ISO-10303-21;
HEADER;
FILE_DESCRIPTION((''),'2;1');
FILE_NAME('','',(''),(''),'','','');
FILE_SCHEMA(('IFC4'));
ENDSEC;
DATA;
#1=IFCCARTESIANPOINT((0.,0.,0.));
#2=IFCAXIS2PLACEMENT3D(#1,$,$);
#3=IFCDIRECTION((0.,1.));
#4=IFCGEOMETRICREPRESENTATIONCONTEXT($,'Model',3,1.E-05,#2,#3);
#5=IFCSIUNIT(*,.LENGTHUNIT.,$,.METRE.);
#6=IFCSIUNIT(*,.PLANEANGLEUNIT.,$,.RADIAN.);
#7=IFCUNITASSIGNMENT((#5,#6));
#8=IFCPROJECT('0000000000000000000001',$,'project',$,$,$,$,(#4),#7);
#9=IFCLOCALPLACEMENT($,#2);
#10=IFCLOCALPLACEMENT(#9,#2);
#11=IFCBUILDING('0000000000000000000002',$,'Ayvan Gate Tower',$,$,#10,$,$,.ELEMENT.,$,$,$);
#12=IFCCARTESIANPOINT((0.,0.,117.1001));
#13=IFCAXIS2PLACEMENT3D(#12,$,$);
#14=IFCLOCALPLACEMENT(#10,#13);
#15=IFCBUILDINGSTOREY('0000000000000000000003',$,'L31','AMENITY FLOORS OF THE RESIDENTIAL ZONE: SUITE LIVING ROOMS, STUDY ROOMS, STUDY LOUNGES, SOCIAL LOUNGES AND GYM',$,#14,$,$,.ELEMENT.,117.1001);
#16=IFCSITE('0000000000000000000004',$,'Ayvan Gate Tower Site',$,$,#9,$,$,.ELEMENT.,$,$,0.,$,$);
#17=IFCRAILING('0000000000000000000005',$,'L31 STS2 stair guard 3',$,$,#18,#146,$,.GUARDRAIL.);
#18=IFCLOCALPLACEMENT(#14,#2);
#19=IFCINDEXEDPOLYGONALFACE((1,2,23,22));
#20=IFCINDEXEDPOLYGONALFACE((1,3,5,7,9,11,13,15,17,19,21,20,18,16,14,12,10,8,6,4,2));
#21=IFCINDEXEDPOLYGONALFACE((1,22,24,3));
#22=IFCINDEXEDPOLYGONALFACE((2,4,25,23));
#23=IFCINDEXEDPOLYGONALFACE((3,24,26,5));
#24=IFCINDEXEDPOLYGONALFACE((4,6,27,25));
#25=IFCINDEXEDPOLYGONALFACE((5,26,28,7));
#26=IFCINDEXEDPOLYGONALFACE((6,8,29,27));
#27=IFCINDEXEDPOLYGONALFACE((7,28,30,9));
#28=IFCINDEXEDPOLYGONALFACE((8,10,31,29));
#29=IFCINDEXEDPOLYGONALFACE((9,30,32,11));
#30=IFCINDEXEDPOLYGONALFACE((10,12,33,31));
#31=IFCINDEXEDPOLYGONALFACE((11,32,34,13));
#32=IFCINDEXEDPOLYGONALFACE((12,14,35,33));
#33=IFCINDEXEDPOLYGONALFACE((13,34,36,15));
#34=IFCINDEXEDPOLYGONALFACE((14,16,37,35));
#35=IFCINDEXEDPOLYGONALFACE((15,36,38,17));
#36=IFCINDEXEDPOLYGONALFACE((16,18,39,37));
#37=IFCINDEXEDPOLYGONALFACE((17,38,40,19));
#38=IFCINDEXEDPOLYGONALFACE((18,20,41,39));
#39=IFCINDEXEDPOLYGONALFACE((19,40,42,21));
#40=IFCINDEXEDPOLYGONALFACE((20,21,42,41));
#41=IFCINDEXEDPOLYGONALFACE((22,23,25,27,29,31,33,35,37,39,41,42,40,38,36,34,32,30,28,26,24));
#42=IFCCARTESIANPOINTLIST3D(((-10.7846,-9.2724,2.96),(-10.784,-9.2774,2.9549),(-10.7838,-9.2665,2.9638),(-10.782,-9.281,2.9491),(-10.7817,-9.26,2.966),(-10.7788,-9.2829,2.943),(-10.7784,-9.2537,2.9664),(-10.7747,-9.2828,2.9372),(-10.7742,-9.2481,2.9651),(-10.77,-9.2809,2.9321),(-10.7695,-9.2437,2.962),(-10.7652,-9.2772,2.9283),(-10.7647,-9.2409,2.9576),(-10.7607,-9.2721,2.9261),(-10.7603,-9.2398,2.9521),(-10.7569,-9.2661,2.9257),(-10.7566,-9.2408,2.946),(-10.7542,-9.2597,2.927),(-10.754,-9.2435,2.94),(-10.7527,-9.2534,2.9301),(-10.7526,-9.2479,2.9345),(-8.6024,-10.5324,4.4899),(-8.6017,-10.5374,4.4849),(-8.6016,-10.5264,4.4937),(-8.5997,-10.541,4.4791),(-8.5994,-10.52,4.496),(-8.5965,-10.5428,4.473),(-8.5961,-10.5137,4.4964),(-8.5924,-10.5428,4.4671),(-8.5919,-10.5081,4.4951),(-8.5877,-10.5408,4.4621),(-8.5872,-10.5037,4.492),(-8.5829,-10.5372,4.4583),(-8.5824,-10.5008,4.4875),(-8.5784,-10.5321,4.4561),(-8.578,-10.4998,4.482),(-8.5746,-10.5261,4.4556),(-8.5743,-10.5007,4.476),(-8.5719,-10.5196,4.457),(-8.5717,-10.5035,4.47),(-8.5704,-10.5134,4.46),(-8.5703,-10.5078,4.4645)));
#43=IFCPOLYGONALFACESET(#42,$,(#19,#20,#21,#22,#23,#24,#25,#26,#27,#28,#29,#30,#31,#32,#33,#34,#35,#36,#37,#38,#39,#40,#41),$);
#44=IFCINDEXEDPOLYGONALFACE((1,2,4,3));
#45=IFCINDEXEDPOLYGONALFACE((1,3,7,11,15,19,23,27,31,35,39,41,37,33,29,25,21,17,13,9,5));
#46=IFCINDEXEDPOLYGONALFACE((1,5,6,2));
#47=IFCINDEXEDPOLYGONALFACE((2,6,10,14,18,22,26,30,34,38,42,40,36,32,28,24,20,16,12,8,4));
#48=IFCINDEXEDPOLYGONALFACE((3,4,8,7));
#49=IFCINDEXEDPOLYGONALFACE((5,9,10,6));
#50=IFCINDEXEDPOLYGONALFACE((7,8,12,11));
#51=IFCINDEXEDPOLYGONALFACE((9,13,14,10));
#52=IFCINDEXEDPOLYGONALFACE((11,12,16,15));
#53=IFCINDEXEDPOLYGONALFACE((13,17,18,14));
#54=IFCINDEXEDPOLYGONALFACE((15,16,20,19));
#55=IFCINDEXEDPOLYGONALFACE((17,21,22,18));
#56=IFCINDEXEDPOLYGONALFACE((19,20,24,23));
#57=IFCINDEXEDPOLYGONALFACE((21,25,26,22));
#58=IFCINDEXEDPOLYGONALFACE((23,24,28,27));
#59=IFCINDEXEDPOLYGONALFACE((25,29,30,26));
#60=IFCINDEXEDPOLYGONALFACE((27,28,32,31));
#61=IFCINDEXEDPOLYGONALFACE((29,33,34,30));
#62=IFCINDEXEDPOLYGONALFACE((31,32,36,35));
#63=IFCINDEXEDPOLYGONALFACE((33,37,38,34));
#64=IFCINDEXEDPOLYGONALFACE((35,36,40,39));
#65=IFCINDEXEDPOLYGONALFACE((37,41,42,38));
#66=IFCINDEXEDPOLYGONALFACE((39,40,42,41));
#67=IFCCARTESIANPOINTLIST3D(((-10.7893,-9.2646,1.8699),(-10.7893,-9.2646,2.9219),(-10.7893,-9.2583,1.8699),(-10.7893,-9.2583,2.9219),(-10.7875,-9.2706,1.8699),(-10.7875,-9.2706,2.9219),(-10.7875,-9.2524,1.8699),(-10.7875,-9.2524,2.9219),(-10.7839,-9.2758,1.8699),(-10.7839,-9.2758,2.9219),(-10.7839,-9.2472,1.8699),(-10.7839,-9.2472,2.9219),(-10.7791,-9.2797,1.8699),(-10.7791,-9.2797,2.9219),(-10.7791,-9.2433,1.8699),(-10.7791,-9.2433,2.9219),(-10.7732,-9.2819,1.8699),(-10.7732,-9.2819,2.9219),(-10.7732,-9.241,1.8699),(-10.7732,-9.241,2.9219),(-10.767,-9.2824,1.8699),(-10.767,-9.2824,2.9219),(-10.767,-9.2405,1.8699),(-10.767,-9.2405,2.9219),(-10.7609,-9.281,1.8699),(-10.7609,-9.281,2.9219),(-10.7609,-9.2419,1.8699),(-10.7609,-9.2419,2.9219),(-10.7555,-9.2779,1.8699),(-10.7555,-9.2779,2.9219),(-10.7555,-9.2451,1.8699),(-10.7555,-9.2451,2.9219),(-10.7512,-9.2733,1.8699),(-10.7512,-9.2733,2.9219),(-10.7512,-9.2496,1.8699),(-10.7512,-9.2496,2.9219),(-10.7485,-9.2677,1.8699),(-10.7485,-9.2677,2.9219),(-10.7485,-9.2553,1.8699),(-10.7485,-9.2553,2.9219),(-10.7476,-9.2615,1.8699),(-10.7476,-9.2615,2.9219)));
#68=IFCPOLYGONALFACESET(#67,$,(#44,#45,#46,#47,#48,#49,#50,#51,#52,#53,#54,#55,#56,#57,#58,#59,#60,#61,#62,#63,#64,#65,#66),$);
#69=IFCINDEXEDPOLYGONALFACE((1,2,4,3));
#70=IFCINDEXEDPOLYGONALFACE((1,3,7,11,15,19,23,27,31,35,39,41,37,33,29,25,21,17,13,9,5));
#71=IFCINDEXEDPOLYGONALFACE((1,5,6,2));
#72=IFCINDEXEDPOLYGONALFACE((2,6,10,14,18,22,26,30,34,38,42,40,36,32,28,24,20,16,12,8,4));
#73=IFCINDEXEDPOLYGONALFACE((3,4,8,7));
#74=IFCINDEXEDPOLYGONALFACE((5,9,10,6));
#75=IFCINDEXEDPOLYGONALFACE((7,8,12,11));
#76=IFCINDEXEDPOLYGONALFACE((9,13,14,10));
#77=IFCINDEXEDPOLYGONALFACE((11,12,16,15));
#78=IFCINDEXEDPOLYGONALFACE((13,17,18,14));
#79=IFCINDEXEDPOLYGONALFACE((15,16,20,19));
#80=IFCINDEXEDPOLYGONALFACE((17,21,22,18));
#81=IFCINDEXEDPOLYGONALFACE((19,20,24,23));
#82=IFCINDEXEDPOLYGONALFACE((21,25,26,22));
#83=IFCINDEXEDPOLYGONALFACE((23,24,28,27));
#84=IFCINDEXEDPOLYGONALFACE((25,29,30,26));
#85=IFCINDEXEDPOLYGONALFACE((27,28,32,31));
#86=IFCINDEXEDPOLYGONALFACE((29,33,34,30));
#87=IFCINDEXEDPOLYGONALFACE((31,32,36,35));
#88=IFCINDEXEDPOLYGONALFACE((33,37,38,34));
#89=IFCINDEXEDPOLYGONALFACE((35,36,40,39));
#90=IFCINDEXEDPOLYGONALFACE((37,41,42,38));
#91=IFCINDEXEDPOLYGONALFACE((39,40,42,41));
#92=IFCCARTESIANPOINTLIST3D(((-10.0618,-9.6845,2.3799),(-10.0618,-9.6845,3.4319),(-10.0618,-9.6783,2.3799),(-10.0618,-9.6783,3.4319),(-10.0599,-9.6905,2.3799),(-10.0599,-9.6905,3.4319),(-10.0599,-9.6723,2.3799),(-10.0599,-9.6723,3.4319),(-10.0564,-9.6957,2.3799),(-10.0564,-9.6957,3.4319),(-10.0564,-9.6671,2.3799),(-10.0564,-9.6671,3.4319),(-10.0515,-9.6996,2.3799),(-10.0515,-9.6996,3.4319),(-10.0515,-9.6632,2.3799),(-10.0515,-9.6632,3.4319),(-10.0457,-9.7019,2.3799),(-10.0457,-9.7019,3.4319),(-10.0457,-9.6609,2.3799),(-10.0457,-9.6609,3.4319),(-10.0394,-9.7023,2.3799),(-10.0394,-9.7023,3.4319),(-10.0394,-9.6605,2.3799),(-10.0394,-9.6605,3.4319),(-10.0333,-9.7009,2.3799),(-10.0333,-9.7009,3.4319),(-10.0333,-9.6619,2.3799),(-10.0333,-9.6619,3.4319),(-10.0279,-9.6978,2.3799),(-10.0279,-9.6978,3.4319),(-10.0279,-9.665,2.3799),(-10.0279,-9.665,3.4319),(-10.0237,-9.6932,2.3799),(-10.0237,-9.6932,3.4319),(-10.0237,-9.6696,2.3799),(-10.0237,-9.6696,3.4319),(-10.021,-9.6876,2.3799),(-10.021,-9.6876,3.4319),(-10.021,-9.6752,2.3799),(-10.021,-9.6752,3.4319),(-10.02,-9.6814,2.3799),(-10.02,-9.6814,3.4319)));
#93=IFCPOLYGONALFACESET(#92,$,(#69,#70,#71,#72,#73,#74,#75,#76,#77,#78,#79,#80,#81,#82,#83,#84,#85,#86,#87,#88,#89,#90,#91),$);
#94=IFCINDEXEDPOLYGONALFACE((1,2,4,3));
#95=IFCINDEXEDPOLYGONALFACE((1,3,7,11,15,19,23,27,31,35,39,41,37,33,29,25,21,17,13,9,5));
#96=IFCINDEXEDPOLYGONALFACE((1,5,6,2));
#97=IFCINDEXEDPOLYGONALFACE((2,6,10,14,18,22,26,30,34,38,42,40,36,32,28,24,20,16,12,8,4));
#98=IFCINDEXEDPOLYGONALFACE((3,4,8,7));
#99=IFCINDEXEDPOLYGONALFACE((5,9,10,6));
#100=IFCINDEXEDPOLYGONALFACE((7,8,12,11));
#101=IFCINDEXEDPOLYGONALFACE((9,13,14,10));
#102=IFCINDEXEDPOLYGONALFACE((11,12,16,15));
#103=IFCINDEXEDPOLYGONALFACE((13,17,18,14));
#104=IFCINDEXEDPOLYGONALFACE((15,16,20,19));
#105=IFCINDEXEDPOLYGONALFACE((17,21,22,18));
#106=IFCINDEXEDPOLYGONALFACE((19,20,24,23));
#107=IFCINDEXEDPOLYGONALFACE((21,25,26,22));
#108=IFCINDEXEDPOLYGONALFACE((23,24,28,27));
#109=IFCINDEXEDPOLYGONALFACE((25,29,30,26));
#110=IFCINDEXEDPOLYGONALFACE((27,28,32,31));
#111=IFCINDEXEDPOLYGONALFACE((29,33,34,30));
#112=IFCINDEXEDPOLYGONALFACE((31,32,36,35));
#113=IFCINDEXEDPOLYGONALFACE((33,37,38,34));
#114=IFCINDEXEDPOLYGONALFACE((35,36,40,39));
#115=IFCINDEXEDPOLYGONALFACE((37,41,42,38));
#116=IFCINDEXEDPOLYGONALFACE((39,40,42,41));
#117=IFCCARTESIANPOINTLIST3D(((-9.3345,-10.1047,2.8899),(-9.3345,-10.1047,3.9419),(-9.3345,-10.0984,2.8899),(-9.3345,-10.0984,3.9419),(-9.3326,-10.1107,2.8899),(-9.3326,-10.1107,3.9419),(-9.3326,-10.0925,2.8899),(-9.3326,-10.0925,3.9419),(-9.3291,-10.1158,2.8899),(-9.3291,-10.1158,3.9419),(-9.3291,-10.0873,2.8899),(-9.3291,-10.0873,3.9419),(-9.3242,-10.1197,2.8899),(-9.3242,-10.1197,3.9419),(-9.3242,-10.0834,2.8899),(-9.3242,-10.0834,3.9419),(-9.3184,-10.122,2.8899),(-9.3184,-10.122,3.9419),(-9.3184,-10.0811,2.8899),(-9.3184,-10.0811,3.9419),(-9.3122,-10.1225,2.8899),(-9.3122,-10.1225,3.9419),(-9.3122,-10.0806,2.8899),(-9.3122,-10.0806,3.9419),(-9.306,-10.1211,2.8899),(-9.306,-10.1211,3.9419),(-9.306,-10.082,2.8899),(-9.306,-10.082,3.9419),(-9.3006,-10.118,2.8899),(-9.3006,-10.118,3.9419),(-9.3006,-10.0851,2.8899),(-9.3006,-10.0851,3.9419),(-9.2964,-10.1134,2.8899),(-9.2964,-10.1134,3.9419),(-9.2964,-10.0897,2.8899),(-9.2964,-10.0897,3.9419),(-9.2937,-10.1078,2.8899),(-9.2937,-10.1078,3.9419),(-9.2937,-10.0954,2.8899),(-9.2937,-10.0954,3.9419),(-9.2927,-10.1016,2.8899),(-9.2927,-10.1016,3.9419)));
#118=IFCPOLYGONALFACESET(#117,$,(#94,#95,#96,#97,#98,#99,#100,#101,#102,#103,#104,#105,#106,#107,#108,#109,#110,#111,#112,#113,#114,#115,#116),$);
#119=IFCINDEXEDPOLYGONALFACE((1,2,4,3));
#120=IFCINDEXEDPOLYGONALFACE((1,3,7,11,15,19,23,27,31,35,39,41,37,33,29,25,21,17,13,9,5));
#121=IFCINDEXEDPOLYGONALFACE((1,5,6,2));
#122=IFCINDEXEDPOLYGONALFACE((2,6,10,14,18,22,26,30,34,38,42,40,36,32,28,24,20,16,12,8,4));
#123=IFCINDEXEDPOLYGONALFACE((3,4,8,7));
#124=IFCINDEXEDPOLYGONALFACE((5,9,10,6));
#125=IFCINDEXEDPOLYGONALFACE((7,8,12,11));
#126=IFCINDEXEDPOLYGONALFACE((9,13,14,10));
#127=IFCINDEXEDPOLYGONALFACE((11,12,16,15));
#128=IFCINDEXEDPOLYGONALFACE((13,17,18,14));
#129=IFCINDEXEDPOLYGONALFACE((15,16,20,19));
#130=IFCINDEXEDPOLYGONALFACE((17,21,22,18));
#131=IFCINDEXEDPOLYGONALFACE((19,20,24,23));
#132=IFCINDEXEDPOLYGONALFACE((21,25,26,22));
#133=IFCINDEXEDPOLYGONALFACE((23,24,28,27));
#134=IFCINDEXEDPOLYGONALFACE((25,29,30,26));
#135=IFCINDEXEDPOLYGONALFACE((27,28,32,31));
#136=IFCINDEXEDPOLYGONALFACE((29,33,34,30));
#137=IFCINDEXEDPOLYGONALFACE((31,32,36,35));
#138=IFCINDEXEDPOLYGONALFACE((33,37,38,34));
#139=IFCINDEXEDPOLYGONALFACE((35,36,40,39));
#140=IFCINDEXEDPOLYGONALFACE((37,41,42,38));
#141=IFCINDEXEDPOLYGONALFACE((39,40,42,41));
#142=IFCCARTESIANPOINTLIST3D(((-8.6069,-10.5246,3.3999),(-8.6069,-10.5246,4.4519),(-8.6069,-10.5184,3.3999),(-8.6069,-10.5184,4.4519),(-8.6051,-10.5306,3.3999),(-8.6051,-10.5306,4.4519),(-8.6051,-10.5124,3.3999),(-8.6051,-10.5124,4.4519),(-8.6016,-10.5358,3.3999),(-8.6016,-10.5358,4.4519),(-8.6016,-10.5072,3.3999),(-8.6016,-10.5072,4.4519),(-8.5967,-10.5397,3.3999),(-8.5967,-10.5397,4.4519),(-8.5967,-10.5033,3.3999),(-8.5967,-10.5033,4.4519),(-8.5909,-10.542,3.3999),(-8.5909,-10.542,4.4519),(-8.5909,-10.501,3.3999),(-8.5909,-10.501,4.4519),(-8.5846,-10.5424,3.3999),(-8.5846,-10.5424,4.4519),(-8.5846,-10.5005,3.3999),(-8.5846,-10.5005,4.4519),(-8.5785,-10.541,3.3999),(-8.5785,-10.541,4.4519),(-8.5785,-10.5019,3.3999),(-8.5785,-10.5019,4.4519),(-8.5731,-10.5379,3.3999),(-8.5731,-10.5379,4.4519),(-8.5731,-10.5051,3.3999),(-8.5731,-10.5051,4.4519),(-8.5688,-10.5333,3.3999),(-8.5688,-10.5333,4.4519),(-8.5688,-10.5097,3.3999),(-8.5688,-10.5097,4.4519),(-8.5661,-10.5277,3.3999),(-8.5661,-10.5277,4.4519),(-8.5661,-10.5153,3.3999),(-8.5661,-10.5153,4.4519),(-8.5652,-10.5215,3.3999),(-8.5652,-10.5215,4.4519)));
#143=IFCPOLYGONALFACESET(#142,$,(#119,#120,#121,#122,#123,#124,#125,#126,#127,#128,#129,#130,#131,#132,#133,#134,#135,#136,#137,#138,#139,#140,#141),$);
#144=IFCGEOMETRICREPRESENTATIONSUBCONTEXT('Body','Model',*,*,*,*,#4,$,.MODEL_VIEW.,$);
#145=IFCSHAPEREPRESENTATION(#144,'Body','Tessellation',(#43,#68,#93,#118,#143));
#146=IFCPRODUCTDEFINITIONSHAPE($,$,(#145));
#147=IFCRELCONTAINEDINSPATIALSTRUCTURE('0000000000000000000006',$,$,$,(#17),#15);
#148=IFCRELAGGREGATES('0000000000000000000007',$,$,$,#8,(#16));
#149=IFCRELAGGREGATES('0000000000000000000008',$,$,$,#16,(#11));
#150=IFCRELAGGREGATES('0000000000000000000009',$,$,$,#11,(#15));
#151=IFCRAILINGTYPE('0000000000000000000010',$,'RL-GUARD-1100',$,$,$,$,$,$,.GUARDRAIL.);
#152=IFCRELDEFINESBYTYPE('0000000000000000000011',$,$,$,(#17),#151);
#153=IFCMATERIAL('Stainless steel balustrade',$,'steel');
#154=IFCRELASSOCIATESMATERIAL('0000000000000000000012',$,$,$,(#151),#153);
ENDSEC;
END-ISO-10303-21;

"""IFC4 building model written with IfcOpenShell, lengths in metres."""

from ifc_helpers import new_model, si_unit, direction, frame, origin, origin_2d, place, context, subcontext, project, spatial, circle, extrude, material, type_object, element, save


model = new_model("IFC4")

# Units and contexts
model_context = context("Model", 3, precision=1e-05, world=origin(), true_north=direction((0.0, 1.0)))
body_context = subcontext(model_context, "Body", "Model", "MODEL_VIEW")
ifc_project = project(units=[si_unit("LENGTHUNIT", "METRE"), si_unit("PLANEANGLEUNIT", "RADIAN")], contexts=[model_context])

# Site, building, storey
site_placement = place(None, origin())
site = spatial("IfcSite", under=ifc_project, at=site_placement, Name="Ayvan Gate Tower Site", CompositionType="ELEMENT", RefElevation=0.0)
building_placement = place(site_placement, origin())
building = spatial("IfcBuilding", under=site, at=building_placement, Name="Ayvan Gate Tower", CompositionType="ELEMENT")
storey_placement = place(building_placement, frame((0.0, 0.0, 117.1001)))
storey = spatial("IfcBuildingStorey", under=building, at=storey_placement, Name="L31", Description="AMENITY FLOORS OF THE RESIDENTIAL ZONE: SUITE LIVING ROOMS, STUDY ROOMS, STUDY LOUNGES, SOCIAL LOUNGES AND GYM", CompositionType="ELEMENT", Elevation=117.1001)

# Railing
ifc_material_1 = material(Name="Stainless steel balustrade", Category="steel")
railing_type_1 = type_object("IfcRailingType", Name="RL-GUARD-1100", PredefinedType="GUARDRAIL", material=ifc_material_1)
railing_1_placement = place(storey_placement, frame((-10.7686, -9.2615, 1.8699)))
element("IfcRailing", 1, at=railing_1_placement, inside=storey, type_object=railing_type_1, Name="L31 STS2 stair guard 3", PredefinedType="GUARDRAIL", context=body_context, shape_type="SweptSolid", body=[
    extrude(circle(Radius=0.0239, at=origin_2d()), frame((0.0, 0.0, 1.0762), z_axis=(0.740261, -0.427395, 0.518986), x_axis=(0.500005, 0.866023, 0.0)), (0.0, 0.0, 1.0), 2.948),
    extrude(circle(Radius=0.021, at=origin_2d()), origin(), (0.0, 0.0, 1.0), 1.052),
    extrude(circle(Radius=0.021, at=origin_2d()), frame((0.7275, -0.4199, 0.51)), (0.0, 0.0, 1.0), 1.052),
    extrude(circle(Radius=0.021, at=origin_2d()), frame((1.4548, -0.8401, 1.02)), (0.0, 0.0, 1.0), 1.052),
    extrude(circle(Radius=0.021, at=origin_2d()), frame((2.1824, -1.26, 1.53)), (0.0, 0.0, 1.0), 1.052),
])

save(model, "model.ifc")
